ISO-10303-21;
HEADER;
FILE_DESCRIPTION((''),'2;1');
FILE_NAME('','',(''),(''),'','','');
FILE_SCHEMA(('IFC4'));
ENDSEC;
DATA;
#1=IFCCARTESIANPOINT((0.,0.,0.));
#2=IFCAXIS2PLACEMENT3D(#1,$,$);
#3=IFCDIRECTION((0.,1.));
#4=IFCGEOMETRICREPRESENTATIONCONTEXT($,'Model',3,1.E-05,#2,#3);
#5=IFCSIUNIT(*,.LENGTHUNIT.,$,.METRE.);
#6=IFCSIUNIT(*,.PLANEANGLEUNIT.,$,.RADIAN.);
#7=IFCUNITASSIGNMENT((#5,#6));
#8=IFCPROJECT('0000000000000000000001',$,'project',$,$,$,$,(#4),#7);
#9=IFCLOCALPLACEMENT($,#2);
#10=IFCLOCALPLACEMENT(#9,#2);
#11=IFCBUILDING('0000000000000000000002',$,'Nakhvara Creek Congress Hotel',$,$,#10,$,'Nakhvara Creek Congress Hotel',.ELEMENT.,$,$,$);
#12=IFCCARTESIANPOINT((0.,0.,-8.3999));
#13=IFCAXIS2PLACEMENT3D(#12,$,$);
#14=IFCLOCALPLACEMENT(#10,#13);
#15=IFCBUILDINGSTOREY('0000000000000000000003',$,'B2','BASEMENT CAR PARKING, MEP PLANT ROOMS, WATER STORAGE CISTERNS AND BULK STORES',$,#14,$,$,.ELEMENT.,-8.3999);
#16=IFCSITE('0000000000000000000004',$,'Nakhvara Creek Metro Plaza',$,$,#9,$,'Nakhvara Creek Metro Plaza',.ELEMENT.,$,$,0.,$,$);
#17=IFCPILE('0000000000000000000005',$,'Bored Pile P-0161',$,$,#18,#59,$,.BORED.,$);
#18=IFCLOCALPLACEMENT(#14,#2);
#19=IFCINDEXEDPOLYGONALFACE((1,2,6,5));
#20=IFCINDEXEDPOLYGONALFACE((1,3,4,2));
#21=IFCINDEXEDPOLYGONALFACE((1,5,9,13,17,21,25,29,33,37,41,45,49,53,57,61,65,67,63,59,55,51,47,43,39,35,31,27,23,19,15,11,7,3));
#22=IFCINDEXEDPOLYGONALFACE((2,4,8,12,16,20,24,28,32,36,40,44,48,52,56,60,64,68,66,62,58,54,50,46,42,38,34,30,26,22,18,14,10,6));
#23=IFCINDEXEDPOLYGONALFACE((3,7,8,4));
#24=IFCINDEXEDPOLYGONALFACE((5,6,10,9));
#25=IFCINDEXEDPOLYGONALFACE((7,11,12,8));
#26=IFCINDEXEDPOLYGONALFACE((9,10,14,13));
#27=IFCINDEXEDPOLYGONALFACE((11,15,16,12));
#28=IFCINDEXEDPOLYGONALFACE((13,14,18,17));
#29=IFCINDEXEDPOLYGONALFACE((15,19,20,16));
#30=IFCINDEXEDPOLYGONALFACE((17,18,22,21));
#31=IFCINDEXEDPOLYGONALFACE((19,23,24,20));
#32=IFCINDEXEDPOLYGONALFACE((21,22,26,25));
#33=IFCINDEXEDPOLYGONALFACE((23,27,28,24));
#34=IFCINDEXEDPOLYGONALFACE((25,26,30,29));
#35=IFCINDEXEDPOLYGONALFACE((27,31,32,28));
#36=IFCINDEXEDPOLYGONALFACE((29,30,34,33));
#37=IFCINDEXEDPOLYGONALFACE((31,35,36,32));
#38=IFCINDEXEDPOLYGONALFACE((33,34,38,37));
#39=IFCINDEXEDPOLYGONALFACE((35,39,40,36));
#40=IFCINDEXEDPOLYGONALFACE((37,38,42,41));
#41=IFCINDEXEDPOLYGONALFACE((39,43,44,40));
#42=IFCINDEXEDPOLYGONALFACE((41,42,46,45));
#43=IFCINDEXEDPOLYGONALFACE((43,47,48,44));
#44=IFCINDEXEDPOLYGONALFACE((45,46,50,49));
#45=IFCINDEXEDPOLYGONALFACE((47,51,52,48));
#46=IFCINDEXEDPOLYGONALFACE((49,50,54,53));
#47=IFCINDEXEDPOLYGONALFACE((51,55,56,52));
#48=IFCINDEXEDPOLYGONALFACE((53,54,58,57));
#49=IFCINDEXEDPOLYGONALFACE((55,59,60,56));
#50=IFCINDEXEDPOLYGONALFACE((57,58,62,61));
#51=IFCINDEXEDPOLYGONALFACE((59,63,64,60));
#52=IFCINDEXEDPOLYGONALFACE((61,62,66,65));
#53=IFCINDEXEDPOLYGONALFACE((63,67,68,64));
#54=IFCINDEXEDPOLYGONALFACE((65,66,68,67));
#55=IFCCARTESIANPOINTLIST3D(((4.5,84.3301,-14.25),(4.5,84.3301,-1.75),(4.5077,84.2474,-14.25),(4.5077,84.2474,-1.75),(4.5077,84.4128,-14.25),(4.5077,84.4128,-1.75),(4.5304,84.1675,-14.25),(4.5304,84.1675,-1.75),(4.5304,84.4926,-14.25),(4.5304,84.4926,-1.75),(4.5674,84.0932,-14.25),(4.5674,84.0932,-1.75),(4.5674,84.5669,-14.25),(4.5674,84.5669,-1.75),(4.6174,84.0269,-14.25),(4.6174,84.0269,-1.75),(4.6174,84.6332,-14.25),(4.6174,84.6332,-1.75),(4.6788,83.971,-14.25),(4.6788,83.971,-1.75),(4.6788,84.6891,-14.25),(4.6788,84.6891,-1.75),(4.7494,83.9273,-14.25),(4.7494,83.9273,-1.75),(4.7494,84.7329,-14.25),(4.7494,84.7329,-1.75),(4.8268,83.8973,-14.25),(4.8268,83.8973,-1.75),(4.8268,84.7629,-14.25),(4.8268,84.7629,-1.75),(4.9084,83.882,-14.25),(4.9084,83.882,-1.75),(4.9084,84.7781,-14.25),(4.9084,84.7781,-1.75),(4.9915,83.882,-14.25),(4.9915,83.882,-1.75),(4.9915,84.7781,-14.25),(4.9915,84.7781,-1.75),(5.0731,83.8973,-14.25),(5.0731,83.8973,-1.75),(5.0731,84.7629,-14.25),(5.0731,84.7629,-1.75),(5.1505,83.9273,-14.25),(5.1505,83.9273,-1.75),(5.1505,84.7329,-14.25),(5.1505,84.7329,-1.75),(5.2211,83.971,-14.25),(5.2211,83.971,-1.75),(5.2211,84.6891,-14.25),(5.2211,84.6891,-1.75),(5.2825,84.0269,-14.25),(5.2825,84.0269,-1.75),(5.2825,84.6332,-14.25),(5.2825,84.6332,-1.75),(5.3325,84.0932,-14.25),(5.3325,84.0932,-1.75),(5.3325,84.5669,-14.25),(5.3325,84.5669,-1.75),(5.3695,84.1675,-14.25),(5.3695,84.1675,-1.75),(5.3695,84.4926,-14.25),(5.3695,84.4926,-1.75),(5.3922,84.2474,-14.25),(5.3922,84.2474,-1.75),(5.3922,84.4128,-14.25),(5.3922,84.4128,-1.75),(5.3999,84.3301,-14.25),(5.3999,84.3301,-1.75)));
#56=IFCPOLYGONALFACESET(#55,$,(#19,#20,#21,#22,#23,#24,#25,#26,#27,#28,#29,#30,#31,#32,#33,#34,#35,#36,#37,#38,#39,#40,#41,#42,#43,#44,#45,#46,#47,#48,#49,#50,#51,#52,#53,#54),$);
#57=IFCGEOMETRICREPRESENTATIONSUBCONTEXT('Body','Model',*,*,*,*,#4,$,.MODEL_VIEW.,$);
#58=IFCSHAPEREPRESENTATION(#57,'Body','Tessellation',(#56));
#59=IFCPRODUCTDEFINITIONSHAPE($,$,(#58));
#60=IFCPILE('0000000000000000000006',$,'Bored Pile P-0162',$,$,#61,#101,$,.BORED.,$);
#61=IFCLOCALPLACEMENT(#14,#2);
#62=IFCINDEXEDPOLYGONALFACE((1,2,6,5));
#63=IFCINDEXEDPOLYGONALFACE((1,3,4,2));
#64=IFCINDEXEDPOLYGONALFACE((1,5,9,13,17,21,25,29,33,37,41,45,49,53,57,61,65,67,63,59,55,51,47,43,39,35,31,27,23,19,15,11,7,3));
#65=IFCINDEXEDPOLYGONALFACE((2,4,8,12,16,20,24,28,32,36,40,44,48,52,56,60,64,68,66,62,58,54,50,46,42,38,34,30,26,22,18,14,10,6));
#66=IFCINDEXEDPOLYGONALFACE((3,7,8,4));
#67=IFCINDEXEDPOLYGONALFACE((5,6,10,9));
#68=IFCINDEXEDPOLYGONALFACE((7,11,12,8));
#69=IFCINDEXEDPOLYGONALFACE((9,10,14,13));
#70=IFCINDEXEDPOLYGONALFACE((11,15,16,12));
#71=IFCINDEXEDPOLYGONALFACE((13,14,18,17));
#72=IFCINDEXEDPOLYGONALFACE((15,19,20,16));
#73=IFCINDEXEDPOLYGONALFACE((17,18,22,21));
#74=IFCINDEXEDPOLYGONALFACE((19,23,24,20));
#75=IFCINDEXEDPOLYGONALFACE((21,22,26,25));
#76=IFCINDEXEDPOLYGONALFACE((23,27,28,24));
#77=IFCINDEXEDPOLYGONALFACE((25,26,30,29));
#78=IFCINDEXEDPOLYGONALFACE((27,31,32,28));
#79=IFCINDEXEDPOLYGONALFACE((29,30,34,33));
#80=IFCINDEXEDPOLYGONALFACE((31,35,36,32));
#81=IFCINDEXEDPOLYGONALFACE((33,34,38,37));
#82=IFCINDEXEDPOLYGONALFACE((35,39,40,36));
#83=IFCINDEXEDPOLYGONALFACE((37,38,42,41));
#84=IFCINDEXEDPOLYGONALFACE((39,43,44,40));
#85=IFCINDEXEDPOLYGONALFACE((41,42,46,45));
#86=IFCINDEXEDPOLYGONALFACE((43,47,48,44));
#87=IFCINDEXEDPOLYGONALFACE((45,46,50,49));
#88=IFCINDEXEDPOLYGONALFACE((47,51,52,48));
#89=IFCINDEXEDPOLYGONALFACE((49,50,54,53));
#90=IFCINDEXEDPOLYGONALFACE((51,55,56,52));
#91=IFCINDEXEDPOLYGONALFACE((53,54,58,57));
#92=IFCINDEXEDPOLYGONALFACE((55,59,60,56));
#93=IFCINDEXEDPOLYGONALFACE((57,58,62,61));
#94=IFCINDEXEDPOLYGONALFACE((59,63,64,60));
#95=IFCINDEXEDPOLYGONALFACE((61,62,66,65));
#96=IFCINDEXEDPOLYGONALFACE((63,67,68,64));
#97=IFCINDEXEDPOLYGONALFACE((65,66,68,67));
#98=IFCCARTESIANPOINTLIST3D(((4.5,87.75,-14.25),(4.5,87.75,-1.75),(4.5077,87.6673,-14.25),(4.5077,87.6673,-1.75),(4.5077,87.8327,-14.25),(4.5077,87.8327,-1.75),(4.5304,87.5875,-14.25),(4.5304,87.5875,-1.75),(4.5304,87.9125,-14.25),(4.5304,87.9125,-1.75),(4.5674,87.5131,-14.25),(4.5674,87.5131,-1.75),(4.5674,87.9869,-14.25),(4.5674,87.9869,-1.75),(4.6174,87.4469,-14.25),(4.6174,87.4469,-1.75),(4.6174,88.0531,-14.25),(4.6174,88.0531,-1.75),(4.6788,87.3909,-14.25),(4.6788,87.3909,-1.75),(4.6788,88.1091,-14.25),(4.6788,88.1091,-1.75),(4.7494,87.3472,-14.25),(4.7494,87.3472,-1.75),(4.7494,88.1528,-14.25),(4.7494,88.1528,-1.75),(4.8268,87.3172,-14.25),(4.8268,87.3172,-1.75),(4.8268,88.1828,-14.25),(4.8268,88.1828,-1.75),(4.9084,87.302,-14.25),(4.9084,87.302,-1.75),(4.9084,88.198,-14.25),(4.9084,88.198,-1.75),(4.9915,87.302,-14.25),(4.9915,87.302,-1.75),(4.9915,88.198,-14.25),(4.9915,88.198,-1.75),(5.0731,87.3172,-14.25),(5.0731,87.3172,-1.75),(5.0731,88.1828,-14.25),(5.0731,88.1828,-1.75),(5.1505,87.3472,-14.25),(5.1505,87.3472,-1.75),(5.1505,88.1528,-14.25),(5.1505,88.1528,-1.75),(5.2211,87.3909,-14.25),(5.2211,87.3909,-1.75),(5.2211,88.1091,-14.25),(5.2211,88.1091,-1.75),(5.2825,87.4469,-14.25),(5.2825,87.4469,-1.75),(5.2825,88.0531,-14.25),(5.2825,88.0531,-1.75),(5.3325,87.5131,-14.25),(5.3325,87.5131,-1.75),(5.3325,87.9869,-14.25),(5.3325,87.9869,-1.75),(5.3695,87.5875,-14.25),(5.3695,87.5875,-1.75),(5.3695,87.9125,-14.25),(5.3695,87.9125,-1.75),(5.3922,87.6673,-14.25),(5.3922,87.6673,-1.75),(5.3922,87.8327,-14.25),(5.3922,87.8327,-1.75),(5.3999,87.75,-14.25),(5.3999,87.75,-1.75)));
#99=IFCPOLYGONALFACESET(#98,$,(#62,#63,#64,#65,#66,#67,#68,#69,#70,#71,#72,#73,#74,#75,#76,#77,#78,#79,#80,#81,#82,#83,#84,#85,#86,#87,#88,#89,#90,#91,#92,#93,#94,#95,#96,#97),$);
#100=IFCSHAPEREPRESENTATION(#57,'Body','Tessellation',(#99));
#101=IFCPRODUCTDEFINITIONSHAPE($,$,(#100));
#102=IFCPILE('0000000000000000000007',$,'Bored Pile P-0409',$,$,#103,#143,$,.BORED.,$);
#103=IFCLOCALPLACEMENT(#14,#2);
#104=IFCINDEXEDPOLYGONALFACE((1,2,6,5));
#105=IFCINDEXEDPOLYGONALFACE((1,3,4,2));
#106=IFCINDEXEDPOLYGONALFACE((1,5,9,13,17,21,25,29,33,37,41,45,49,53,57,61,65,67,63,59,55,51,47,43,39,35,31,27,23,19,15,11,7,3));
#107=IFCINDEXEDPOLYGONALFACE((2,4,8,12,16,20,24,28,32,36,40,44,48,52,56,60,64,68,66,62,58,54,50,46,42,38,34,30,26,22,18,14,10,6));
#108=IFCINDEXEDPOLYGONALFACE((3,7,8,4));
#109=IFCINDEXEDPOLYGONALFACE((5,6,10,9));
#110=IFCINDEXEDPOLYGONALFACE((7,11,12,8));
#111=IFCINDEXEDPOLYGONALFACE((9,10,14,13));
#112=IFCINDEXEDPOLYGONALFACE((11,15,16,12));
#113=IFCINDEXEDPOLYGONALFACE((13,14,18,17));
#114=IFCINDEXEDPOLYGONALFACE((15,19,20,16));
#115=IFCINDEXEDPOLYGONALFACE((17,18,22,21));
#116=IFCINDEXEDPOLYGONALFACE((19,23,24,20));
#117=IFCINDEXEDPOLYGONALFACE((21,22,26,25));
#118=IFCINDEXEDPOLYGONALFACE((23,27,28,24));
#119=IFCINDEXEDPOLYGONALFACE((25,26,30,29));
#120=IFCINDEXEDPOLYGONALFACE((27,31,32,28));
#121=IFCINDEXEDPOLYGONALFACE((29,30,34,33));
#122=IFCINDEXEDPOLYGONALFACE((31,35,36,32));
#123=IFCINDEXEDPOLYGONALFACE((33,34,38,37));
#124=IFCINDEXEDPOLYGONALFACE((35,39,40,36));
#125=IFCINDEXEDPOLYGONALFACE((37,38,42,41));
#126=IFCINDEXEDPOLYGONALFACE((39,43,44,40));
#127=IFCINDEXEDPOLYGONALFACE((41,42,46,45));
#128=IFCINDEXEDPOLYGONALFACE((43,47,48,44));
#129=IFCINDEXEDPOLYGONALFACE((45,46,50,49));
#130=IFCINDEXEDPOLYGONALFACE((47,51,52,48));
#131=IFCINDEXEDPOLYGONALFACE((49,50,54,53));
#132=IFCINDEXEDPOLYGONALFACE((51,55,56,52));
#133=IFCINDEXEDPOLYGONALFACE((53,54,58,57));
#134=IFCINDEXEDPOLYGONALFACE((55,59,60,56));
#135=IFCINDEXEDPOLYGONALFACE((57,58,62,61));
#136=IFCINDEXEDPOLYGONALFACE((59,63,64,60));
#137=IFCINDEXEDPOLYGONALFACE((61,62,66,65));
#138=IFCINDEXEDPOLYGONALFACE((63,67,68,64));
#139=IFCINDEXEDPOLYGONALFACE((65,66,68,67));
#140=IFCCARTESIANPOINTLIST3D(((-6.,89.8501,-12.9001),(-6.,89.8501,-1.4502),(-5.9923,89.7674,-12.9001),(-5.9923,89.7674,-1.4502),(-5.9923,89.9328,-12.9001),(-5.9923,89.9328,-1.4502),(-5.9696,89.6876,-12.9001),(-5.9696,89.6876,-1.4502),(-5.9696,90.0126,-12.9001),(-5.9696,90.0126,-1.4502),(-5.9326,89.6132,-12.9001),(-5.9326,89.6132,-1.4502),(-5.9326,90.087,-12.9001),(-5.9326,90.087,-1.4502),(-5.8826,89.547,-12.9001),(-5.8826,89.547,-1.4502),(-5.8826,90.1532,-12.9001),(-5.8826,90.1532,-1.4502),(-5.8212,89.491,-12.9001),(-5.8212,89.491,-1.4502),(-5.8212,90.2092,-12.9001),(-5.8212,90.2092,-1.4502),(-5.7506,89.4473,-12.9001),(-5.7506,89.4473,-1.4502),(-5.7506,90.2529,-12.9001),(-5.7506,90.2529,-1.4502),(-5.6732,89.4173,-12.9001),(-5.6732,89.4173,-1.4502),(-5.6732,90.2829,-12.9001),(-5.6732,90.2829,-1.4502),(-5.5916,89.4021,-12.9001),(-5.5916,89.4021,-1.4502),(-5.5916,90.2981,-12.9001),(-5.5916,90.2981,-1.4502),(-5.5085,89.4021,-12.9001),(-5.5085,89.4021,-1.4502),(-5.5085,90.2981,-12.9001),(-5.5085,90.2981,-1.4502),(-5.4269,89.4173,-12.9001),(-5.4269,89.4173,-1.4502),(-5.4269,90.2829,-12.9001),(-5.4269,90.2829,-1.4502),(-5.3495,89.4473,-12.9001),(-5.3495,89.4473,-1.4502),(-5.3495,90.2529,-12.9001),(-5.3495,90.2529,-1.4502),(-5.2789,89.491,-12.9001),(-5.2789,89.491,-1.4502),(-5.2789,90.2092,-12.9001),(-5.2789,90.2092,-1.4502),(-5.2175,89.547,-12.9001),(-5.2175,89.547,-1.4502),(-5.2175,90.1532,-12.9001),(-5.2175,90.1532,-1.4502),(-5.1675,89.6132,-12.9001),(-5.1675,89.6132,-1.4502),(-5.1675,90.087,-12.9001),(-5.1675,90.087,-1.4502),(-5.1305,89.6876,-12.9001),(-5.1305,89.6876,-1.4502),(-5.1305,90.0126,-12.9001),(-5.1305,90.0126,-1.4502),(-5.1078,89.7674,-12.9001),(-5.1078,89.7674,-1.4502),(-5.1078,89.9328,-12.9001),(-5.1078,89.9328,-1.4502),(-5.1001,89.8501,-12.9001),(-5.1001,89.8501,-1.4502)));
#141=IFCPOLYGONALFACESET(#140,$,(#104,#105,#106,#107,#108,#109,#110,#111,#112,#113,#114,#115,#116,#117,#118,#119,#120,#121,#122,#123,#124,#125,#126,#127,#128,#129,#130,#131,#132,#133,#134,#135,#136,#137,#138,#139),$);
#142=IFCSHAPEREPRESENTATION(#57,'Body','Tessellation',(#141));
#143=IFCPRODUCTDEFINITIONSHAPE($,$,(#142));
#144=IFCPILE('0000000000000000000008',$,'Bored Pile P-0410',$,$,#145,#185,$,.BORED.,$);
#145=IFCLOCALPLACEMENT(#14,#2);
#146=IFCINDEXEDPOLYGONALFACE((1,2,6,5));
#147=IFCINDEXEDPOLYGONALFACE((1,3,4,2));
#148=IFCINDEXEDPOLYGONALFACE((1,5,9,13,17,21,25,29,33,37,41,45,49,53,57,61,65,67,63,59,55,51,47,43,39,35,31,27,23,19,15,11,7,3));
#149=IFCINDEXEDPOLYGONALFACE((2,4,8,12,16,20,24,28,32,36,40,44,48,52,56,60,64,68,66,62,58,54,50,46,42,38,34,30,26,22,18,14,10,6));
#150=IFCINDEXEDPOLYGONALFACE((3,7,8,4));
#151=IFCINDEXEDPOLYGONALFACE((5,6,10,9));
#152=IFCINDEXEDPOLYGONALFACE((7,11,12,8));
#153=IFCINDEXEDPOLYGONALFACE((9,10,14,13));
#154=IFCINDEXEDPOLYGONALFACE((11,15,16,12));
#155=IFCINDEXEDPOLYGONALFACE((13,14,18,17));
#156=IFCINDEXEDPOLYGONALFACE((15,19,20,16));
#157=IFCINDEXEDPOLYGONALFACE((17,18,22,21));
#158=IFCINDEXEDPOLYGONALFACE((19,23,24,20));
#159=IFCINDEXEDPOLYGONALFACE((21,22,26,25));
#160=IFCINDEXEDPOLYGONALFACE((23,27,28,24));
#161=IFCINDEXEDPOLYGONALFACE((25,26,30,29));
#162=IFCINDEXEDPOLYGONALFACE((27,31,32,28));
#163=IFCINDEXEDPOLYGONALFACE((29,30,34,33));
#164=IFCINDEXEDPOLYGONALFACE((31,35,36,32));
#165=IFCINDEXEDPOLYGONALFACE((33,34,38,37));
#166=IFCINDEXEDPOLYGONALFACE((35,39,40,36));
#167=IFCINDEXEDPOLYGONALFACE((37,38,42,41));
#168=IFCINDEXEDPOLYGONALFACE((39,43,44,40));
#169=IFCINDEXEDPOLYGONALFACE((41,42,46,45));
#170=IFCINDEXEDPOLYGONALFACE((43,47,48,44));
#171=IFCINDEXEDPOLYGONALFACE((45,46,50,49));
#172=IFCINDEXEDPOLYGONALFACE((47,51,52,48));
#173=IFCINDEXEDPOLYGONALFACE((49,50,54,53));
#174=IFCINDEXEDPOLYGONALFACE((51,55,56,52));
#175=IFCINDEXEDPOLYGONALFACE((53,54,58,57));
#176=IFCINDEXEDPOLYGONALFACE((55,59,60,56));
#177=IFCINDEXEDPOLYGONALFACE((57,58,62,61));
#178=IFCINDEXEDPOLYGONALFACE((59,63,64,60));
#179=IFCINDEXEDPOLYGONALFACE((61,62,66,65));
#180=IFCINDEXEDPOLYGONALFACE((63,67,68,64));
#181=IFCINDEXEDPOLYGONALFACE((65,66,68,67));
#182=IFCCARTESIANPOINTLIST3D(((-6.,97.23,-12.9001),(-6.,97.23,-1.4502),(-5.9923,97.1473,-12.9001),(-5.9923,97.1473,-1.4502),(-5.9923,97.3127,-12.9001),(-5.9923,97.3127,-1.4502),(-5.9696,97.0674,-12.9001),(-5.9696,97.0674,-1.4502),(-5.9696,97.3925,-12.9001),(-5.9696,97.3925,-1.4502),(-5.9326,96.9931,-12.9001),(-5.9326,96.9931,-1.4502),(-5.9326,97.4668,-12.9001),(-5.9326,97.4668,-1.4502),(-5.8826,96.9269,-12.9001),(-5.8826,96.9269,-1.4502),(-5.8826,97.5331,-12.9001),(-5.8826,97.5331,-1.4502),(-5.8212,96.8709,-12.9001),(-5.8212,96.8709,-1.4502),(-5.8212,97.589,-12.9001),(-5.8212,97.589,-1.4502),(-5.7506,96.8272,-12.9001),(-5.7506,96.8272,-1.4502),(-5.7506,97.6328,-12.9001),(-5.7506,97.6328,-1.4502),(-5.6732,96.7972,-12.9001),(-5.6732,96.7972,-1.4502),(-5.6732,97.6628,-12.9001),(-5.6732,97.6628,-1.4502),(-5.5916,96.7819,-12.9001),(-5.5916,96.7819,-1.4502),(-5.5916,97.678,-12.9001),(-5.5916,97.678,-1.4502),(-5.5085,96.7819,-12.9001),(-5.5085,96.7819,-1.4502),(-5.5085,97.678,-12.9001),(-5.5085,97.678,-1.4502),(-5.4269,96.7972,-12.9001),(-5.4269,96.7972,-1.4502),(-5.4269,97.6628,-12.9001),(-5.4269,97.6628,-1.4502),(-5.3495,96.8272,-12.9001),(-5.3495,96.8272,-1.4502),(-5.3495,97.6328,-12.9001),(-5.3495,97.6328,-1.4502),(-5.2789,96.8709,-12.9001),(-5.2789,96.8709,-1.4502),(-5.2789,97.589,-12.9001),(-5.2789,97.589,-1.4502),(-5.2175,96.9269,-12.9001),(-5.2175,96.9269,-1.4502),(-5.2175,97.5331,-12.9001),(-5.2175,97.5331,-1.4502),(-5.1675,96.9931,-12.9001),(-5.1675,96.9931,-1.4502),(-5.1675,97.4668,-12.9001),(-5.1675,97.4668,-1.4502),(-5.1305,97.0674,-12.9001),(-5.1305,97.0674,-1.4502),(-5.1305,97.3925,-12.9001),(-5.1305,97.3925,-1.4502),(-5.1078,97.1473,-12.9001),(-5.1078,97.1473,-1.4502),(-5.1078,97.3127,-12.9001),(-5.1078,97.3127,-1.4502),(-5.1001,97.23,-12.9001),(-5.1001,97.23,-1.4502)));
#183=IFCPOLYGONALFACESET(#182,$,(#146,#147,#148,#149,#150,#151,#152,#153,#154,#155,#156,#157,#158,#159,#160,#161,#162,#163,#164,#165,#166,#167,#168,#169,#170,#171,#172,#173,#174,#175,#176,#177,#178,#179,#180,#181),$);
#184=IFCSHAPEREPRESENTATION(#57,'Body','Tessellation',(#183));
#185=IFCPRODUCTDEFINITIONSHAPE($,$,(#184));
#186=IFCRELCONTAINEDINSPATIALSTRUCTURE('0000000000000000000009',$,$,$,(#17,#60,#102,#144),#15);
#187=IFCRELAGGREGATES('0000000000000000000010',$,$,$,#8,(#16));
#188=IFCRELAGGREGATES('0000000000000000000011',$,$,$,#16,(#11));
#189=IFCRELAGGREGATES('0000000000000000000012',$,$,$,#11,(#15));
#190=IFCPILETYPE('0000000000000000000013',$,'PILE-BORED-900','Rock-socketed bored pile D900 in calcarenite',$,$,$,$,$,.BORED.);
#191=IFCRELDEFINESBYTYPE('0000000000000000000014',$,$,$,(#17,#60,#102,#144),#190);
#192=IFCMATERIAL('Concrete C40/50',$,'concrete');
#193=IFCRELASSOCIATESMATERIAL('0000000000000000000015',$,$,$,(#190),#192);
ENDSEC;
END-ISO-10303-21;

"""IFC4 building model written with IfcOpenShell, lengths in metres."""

from ifc_helpers import new_model, si_unit, direction, frame, origin, origin_2d, place, context, subcontext, project, spatial, circle, extrude, material, material_profile, profile_set, type_object, element, save


model = new_model("IFC4")

# Units and contexts
model_context = context("Model", 3, precision=1e-05, world=origin(), true_north=direction((0.0, 1.0)))
body_context = subcontext(model_context, "Body", "Model", "MODEL_VIEW")
ifc_project = project(units=[si_unit("LENGTHUNIT", "METRE"), si_unit("PLANEANGLEUNIT", "RADIAN")], contexts=[model_context])

# Site, building, storey
site_placement = place(None, origin())
site = spatial("IfcSite", under=ifc_project, at=site_placement, Name="Nakhvara Creek Metro Plaza", LongName="Nakhvara Creek Metro Plaza", CompositionType="ELEMENT", RefElevation=0.0)
building_placement = place(site_placement, origin())
building = spatial("IfcBuilding", under=site, at=building_placement, Name="Nakhvara Creek Congress Hotel", LongName="Nakhvara Creek Congress Hotel", CompositionType="ELEMENT")
storey_placement = place(building_placement, frame((0.0, 0.0, -8.3999)))
storey = spatial("IfcBuildingStorey", under=building, at=storey_placement, Name="B2", Description="BASEMENT CAR PARKING, MEP PLANT ROOMS, WATER STORAGE CISTERNS AND BULK STORES", CompositionType="ELEMENT", Elevation=-8.3999)

# Piles
ifc_material_1 = material(Name="Concrete C40/50", Category="concrete")
ifc_material_profile_1 = material_profile(ifc_material_1, circle(Radius=0.45, at=origin_2d()), Name="BORED PILE D900", Category="LoadBearing")
ifc_profile_set_1 = profile_set([ifc_material_profile_1], Name="Concrete C40/50")
pile_type = type_object("IfcPileType", Name="PILE-BORED-900", Description="Rock-socketed bored pile D900 in calcarenite", PredefinedType="BORED", material=ifc_profile_set_1)
for number, where, z_axis, x_axis, name in (
    (1, (4.95, 84.3301, -1.75), (0.0, 0.0, -1.0), (1.0, 0.0, 0.0), "Bored Pile P-0161"),
    (2, (4.95, 87.75, -1.75), (0.0, 0.0, -1.0), (1.0, 0.0, 0.0), "Bored Pile P-0162"),
):
    element("IfcPile", number, at=place(storey_placement, frame(where, z_axis=z_axis, x_axis=x_axis)), inside=storey, type_object=pile_type, Name=name, PredefinedType="BORED", context=body_context, shape_type="SweptSolid", body=[
        extrude(circle(Radius=0.45, at=origin_2d()), origin(), (0.0, 0.0, 1.0), 12.5),
    ])
for number, where, z_axis, x_axis, name in (
    (3, (-5.55, 89.8501, -1.4502), (0.0, 0.0, -1.0), (1.0, 0.0, 0.0), "Bored Pile P-0409"),
    (4, (-5.55, 97.23, -1.4502), (0.0, 0.0, -1.0), (1.0, 0.0, 0.0), "Bored Pile P-0410"),
):
    element("IfcPile", number, at=place(storey_placement, frame(where, z_axis=z_axis, x_axis=x_axis)), inside=storey, type_object=pile_type, Name=name, PredefinedType="BORED", context=body_context, shape_type="SweptSolid", body=[
        extrude(circle(Radius=0.45, at=origin_2d()), origin(), (0.0, 0.0, 1.0), 11.45),
    ])

save(model, "model.ifc")
